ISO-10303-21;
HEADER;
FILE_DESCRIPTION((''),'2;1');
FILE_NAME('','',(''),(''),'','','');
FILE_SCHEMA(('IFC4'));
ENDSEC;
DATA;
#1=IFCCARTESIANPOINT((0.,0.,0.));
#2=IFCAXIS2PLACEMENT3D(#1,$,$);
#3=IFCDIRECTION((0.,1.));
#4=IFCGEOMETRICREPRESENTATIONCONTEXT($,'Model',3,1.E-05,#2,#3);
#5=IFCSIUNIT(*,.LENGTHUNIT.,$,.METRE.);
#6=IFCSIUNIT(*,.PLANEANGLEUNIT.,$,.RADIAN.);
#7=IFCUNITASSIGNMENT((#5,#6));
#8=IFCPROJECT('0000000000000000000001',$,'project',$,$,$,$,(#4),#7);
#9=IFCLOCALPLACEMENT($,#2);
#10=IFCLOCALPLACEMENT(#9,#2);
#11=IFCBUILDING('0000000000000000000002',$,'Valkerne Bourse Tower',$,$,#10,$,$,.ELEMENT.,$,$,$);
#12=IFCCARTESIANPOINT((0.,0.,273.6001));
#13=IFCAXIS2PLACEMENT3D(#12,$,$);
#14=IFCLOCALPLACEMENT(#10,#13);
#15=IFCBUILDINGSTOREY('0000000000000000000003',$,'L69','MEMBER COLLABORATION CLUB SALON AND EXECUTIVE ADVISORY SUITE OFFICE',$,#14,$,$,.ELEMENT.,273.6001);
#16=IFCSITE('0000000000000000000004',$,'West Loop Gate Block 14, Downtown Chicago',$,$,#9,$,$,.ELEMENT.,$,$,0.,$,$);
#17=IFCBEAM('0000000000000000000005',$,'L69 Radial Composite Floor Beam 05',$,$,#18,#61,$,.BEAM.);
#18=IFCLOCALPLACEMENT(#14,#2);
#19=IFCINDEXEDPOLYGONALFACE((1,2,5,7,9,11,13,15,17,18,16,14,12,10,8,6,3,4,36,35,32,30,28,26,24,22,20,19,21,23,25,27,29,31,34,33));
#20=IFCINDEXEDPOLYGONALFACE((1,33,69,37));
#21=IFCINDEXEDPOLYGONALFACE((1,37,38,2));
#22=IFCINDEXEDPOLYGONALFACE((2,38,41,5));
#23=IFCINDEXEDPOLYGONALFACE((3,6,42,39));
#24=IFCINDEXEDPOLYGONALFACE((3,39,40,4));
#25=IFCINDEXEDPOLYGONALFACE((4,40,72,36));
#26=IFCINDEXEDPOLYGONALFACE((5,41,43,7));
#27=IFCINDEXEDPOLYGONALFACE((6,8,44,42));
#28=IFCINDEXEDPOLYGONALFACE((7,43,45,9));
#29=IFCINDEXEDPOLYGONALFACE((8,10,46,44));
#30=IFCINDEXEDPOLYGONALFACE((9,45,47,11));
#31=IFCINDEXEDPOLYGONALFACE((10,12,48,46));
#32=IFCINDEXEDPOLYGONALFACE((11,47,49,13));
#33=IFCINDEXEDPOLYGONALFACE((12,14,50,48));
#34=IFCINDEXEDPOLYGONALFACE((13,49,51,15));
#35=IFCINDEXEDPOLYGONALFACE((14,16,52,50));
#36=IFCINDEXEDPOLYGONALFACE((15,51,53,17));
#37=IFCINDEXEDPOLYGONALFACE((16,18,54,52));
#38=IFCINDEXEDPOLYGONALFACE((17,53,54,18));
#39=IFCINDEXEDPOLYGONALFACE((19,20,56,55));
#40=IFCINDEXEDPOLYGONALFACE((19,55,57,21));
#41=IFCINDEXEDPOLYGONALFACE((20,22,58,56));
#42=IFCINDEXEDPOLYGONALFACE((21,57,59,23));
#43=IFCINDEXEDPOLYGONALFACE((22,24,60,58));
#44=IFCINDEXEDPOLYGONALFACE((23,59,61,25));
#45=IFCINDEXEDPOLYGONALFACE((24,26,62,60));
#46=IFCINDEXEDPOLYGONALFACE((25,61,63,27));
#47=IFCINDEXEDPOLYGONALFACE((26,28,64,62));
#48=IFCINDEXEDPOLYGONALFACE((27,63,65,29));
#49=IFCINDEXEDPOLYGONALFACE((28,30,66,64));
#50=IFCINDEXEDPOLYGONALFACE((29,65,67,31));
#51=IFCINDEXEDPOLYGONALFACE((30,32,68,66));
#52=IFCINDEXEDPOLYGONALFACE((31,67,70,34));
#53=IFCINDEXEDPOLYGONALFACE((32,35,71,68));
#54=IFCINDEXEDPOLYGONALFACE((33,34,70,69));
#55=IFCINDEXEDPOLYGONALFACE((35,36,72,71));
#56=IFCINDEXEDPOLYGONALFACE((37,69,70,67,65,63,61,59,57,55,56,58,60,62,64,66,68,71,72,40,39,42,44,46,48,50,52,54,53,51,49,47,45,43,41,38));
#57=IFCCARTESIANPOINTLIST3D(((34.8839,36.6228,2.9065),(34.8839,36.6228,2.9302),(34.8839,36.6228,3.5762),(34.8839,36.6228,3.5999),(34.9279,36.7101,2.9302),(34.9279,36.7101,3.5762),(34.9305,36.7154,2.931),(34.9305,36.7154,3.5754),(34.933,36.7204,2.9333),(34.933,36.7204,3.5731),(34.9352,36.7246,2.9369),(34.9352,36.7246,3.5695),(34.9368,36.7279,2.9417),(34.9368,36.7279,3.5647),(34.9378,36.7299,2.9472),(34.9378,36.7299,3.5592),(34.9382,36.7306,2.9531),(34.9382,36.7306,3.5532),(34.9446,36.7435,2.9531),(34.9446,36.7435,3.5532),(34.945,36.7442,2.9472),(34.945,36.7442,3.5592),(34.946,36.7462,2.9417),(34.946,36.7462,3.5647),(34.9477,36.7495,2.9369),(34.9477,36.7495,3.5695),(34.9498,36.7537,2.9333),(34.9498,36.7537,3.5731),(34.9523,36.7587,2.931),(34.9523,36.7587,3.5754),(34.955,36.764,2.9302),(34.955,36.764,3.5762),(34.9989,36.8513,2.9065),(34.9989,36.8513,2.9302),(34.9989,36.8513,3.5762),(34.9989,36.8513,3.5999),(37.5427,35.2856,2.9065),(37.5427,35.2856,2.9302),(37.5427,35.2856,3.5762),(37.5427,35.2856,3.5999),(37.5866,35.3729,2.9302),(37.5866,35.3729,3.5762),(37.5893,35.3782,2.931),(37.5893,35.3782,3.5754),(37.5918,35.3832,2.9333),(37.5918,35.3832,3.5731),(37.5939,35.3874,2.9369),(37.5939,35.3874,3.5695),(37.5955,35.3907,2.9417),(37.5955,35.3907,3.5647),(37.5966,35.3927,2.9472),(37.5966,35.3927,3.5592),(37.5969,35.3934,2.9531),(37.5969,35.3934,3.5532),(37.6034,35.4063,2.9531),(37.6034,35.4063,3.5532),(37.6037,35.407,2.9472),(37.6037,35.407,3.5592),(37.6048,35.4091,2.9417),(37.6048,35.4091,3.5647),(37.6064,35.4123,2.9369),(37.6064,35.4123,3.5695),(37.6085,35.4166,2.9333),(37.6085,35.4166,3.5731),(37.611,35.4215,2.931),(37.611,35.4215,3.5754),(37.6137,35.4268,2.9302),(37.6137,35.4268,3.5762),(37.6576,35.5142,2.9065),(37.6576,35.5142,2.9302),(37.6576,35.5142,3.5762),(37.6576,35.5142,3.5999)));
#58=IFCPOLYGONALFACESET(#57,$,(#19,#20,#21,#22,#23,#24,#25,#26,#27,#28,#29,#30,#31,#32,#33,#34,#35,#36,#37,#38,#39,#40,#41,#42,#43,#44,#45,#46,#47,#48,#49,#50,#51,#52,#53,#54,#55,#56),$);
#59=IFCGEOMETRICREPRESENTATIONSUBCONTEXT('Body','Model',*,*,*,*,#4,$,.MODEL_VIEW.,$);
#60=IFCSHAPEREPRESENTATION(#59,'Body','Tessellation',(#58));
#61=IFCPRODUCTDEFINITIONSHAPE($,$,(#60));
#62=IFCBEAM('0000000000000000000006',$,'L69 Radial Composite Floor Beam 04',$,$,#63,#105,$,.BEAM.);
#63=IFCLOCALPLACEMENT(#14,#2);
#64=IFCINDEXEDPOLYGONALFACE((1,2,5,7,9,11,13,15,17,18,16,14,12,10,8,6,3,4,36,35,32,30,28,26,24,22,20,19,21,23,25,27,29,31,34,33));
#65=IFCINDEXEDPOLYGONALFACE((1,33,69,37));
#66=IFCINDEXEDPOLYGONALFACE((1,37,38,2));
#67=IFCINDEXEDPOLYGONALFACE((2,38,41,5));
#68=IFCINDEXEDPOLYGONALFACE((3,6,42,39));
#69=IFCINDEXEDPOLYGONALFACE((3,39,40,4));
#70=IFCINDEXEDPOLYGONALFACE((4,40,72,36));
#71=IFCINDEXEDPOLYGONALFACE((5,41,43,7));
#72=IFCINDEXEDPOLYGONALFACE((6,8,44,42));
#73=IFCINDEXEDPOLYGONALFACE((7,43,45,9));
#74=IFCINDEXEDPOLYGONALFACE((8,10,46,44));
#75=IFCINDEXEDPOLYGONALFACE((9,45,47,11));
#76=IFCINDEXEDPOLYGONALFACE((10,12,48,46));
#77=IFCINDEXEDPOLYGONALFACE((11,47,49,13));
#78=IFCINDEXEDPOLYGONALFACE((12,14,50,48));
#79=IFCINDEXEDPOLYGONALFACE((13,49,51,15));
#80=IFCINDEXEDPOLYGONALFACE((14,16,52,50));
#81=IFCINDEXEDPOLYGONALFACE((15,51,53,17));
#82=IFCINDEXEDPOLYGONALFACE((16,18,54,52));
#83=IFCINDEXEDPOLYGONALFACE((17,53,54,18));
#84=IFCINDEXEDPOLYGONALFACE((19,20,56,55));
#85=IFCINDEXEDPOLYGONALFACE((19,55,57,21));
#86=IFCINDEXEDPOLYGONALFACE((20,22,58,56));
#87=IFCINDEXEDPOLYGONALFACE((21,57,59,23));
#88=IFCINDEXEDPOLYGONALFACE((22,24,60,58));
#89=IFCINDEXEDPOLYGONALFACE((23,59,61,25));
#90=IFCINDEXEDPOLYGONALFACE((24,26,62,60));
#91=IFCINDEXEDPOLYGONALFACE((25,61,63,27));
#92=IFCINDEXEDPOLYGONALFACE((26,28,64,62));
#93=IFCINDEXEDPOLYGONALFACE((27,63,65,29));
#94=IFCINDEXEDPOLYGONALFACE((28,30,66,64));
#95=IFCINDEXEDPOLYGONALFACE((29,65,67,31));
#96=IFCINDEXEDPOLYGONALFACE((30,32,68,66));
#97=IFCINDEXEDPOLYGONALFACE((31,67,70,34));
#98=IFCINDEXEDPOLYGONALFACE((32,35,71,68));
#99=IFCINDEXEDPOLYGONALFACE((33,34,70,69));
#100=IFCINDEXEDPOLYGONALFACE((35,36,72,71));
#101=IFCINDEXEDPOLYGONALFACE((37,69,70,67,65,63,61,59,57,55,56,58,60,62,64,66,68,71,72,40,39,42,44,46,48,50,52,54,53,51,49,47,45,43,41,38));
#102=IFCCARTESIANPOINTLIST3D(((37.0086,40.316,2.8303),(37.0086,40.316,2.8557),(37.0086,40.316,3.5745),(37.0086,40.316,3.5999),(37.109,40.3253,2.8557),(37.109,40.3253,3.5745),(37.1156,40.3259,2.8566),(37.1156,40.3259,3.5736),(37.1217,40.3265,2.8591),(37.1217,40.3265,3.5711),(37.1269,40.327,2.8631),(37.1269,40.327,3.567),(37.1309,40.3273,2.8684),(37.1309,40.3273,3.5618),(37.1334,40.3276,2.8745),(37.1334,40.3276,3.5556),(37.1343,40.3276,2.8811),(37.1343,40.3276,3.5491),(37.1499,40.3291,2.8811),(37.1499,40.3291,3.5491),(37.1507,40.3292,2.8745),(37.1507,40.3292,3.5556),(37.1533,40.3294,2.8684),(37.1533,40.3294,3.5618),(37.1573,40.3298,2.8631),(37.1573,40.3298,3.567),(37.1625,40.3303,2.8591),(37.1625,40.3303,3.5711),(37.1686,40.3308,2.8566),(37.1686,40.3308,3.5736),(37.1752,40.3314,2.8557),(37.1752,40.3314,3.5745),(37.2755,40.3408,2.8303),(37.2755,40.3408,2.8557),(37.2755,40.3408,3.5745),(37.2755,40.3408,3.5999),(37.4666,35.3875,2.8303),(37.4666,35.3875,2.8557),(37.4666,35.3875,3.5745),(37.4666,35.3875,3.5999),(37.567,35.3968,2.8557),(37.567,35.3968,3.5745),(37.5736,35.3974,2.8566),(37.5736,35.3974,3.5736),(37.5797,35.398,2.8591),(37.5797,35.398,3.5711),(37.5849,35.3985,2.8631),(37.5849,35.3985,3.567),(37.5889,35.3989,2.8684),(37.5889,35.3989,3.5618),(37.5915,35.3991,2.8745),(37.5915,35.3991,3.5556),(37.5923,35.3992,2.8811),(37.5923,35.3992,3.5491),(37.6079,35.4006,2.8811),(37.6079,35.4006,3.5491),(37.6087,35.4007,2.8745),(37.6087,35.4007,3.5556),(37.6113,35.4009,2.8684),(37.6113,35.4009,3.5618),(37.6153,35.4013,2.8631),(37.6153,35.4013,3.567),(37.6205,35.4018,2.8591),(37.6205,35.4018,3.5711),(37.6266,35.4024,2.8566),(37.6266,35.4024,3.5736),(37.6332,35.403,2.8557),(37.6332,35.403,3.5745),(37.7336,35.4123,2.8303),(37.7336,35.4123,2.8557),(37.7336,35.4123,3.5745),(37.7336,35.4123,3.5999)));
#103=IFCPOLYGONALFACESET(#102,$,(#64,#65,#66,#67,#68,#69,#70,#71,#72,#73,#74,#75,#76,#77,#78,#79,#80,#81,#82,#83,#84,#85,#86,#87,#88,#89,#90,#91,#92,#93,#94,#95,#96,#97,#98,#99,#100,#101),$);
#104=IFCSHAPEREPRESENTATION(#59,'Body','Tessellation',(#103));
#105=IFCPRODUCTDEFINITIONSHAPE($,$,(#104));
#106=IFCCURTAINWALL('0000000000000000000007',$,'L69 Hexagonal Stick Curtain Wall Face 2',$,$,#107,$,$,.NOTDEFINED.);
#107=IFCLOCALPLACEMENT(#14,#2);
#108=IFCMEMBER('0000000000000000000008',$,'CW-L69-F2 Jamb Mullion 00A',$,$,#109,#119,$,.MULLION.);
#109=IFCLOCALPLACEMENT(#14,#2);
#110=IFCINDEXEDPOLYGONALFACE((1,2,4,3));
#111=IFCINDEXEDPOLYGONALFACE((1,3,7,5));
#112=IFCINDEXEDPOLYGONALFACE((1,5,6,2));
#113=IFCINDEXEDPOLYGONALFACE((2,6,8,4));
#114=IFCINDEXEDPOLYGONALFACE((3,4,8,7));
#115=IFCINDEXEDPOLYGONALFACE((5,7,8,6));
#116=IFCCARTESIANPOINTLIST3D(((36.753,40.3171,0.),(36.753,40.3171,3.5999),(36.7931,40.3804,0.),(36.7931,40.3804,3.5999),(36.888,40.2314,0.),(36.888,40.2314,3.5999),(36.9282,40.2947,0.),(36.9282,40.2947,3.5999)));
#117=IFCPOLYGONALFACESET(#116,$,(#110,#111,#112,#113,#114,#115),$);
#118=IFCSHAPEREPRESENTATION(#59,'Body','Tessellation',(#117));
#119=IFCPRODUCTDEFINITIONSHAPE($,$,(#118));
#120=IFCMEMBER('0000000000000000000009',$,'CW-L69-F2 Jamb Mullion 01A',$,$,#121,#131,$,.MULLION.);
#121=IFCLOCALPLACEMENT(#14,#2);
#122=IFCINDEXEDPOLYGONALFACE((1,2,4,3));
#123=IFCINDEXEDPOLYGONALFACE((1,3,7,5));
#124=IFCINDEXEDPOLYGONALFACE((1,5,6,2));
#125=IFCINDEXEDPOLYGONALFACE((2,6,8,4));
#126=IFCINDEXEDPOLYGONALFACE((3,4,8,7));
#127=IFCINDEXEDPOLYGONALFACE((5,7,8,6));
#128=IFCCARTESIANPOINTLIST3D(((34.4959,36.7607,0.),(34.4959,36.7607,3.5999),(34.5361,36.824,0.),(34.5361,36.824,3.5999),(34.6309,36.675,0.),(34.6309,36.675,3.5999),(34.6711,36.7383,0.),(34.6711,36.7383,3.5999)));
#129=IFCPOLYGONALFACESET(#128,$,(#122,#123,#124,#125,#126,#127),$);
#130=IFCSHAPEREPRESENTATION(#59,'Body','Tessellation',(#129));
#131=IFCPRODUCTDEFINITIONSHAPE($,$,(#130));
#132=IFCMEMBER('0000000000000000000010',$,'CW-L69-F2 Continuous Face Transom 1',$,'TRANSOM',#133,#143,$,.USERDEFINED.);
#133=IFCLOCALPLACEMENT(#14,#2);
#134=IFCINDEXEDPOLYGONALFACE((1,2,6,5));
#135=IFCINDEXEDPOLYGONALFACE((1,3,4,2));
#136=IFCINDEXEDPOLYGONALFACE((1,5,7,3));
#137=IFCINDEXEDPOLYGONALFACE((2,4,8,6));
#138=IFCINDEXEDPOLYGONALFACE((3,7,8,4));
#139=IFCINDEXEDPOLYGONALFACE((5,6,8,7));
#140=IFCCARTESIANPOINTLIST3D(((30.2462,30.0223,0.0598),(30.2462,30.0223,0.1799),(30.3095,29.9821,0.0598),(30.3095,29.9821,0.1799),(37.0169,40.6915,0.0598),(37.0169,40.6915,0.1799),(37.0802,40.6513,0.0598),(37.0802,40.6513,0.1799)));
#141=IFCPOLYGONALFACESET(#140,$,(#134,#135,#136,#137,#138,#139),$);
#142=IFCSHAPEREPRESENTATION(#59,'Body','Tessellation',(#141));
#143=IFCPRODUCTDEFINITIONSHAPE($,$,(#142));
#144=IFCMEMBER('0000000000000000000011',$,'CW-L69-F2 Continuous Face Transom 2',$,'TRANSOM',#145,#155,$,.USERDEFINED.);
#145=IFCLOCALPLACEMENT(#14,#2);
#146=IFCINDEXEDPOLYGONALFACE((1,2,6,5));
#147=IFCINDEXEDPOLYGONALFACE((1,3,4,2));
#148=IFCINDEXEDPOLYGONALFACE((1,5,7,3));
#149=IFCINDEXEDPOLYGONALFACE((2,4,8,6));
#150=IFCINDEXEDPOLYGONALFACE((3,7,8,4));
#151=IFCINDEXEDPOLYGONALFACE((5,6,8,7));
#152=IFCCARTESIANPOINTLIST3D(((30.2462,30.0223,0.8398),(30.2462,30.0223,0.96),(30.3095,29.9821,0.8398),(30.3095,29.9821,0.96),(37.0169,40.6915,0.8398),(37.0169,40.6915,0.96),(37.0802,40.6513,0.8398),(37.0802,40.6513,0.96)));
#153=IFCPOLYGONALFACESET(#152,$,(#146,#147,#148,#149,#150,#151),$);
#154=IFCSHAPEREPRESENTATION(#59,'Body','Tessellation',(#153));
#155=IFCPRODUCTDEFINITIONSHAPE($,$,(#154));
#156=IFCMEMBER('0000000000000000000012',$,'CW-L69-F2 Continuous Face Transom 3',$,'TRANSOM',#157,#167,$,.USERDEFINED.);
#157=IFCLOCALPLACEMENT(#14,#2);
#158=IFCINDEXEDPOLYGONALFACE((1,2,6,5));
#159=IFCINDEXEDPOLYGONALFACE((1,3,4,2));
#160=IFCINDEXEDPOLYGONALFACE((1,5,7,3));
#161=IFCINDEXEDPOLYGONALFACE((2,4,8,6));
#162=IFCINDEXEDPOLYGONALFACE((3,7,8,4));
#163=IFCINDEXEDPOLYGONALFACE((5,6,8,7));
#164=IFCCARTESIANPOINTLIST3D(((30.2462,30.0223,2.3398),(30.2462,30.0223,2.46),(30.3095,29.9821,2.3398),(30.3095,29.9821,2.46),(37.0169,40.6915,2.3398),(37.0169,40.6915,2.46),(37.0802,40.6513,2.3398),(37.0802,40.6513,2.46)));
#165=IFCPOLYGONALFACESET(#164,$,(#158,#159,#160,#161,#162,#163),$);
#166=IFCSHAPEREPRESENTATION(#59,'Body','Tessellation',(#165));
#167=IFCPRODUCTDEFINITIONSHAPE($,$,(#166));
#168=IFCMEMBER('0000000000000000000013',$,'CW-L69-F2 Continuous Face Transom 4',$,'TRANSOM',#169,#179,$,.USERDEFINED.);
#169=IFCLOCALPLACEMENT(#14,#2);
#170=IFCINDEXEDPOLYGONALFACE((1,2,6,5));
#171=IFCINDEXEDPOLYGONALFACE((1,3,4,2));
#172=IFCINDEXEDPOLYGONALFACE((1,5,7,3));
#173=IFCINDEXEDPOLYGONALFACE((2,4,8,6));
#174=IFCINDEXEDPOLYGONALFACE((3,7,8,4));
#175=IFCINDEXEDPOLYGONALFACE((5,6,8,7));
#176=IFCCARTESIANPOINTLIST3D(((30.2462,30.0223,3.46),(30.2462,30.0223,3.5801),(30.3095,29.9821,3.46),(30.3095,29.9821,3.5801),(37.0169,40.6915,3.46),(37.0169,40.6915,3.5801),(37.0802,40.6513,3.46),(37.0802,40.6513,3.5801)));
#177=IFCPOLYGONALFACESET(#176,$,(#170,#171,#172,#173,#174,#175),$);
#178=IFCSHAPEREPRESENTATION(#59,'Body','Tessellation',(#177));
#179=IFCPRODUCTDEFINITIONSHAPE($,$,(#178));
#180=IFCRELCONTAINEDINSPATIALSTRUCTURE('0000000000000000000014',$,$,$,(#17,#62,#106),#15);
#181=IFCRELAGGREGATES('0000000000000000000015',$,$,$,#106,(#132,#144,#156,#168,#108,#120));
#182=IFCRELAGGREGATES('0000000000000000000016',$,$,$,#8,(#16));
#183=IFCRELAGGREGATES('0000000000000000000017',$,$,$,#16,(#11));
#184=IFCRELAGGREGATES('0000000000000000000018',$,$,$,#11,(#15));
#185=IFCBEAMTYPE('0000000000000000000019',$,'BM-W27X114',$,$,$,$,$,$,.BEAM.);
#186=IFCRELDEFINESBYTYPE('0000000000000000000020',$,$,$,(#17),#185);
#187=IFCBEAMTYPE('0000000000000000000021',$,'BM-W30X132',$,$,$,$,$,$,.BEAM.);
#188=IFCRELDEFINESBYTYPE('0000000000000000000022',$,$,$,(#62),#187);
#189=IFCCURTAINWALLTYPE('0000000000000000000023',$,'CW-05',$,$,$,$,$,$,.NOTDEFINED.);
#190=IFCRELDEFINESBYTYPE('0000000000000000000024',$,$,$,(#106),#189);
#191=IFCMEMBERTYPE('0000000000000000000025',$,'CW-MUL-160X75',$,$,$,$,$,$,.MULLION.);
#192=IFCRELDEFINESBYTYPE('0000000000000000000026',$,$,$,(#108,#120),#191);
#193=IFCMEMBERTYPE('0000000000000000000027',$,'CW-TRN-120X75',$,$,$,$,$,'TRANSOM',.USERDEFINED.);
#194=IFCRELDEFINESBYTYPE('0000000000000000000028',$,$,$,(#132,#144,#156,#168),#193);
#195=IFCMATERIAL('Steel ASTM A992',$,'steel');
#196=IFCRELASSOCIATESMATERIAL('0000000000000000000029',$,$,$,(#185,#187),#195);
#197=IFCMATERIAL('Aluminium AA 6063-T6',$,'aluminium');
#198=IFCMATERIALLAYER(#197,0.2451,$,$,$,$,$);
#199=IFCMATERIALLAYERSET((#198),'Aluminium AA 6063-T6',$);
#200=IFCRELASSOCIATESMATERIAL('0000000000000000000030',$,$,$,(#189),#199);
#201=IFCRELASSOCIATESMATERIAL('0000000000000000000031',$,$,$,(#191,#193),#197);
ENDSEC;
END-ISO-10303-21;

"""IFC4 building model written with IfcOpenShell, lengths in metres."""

from ifc_helpers import new_model, si_unit, direction, frame, origin, origin_2d, place, context, subcontext, project, spatial, rectangle, i_section, extrude, material, layer, layer_set, material_profile, profile_set, type_object, element, aggregate, save


model = new_model("IFC4")

# Units and contexts
model_context = context("Model", 3, precision=1e-05, world=origin(), true_north=direction((0.0, 1.0)))
body_context = subcontext(model_context, "Body", "Model", "MODEL_VIEW")
ifc_project = project(units=[si_unit("LENGTHUNIT", "METRE"), si_unit("PLANEANGLEUNIT", "RADIAN")], contexts=[model_context])

# Site, building, storey
site_placement = place(None, origin())
site = spatial("IfcSite", under=ifc_project, at=site_placement, Name="West Loop Gate Block 14, Downtown Chicago", CompositionType="ELEMENT", RefElevation=0.0)
building_placement = place(site_placement, origin())
building = spatial("IfcBuilding", under=site, at=building_placement, Name="Valkerne Bourse Tower", CompositionType="ELEMENT")
storey_placement = place(building_placement, frame((0.0, 0.0, 273.6001)))
storey = spatial("IfcBuildingStorey", under=building, at=storey_placement, Name="L69", Description="MEMBER COLLABORATION CLUB SALON AND EXECUTIVE ADVISORY SUITE OFFICE", CompositionType="ELEMENT", Elevation=273.6001)

# Beams
ifc_material_1 = material(Name="Steel ASTM A992", Category="steel")
ifc_material_profile_1 = material_profile(ifc_material_1, i_section(OverallWidth=0.2559, OverallDepth=0.6934, WebThickness=0.0144, FlangeThickness=0.0237, FilletRadius=0.0229, at=origin_2d()), Name="W27X114")
ifc_profile_set_1 = profile_set([ifc_material_profile_1], Name="Steel ASTM A992")
beam_type_1 = type_object("IfcBeamType", Name="BM-W27X114", PredefinedType="BEAM", material=ifc_profile_set_1)
beam_1_placement = place(storey_placement, frame((34.9414, 36.7371, 3.2532), z_axis=(0.893375, -0.449312, 0.0), x_axis=(0.449312, 0.893375, 0.0)))
element("IfcBeam", 1, at=beam_1_placement, inside=storey, type_object=beam_type_1, Name="L69 Radial Composite Floor Beam 05", PredefinedType="BEAM", context=body_context, shape_type="SweptSolid", body=[
    extrude(i_section(OverallWidth=0.2559, OverallDepth=0.6934, WebThickness=0.0144, FlangeThickness=0.0237, FilletRadius=0.0229, at=origin_2d()), origin(), (0.0, 0.0, 1.0), 2.9761),
])
ifc_material_profile_2 = material_profile(ifc_material_1, i_section(OverallWidth=0.2681, OverallDepth=0.7695, WebThickness=0.0156, FlangeThickness=0.0254, FilletRadius=0.0254, at=origin_2d()), Name="W30X132")
ifc_profile_set_2 = profile_set([ifc_material_profile_2], Name="Steel ASTM A992")
beam_type_2 = type_object("IfcBeamType", Name="BM-W30X132", PredefinedType="BEAM", material=ifc_profile_set_2)
beam_2_placement = place(storey_placement, frame((37.1421, 40.3284, 3.2151), z_axis=(0.092532, -0.99571, 0.0), x_axis=(0.99571, 0.092532, 0.0)))
element("IfcBeam", 2, at=beam_2_placement, inside=storey, type_object=beam_type_2, Name="L69 Radial Composite Floor Beam 04", PredefinedType="BEAM", context=body_context, shape_type="SweptSolid", body=[
    extrude(i_section(OverallWidth=0.2681, OverallDepth=0.7695, WebThickness=0.0156, FlangeThickness=0.0254, FilletRadius=0.0254, at=origin_2d()), origin(), (0.0, 0.0, 1.0), 4.9497),
])

# Curtain wall, members
ifc_material_2 = material(Name="Aluminium AA 6063-T6", Category="aluminium")
ifc_layer_1 = layer(ifc_material_2, 0.2451)
ifc_layer_set_1 = layer_set([ifc_layer_1], Name="Aluminium AA 6063-T6")
curtain_wall_type = type_object("IfcCurtainWallType", Name="CW-05", PredefinedType="NOTDEFINED", material=ifc_layer_set_1)
curtain_wall_placement = place(storey_placement, origin())
curtain_wall = element("IfcCurtainWall", 3, at=curtain_wall_placement, inside=storey, type_object=curtain_wall_type, Name="L69 Hexagonal Stick Curtain Wall Face 2", PredefinedType="NOTDEFINED")
ifc_material_profile_3 = material_profile(ifc_material_2, rectangle(XDim=0.075, YDim=0.1599, at=origin_2d()), Name="CWM-75X160")
ifc_profile_set_3 = profile_set([ifc_material_profile_3], Name="Aluminium AA 6063-T6")
member_type_1 = type_object("IfcMemberType", Name="CW-MUL-160X75", PredefinedType="MULLION", material=ifc_profile_set_3)
member_1_placement = place(storey_placement, frame((36.8406, 40.3059, 0.0), z_axis=(0.0, 0.0, 1.0), x_axis=(-0.535817, -0.844334, 0.0)))
member_1 = element("IfcMember", 4, at=member_1_placement, type_object=member_type_1, Name="CW-L69-F2 Jamb Mullion 00A", PredefinedType="MULLION", context=body_context, shape_type="SweptSolid", body=[
    extrude(rectangle(XDim=0.075, YDim=0.1599, at=origin_2d()), origin(), (0.0, 0.0, 1.0), 3.5999),
])
member_2_placement = place(storey_placement, frame((34.5835, 36.7495, 0.0), z_axis=(0.0, 0.0, 1.0), x_axis=(-0.535827, -0.844328, 0.0)))
member_2 = element("IfcMember", 5, at=member_2_placement, type_object=member_type_1, Name="CW-L69-F2 Jamb Mullion 01A", PredefinedType="MULLION", context=body_context, shape_type="SweptSolid", body=[
    extrude(rectangle(XDim=0.075, YDim=0.1599, at=origin_2d()), origin(), (0.0, 0.0, 1.0), 3.5999),
])
ifc_material_profile_4 = material_profile(ifc_material_2, rectangle(XDim=0.075, YDim=0.1201, at=origin_2d()), Name="CWT-75X120")
ifc_profile_set_4 = profile_set([ifc_material_profile_4], Name="Aluminium AA 6063-T6")
member_type_2 = type_object("IfcMemberType", Name="CW-TRN-120X75", ElementType="TRANSOM", PredefinedType="USERDEFINED", material=ifc_profile_set_4)
member_3_placement = place(storey_placement, frame((37.0486, 40.6714, 0.1199), z_axis=(-0.53582, -0.844332, 0.0), x_axis=(0.844332, -0.53582, 0.0)))
member_3 = element("IfcMember", 6, at=member_3_placement, type_object=member_type_2, Name="CW-L69-F2 Continuous Face Transom 1", ObjectType="TRANSOM", PredefinedType="USERDEFINED", context=body_context, shape_type="SweptSolid", body=[
    extrude(rectangle(XDim=0.075, YDim=0.1201, at=origin_2d()), origin(), (0.0, 0.0, 1.0), 12.6362),
])
member_4_placement = place(storey_placement, frame((37.0486, 40.6714, 0.8999), z_axis=(-0.53582, -0.844332, 0.0), x_axis=(0.844332, -0.53582, 0.0)))
member_4 = element("IfcMember", 7, at=member_4_placement, type_object=member_type_2, Name="CW-L69-F2 Continuous Face Transom 2", ObjectType="TRANSOM", PredefinedType="USERDEFINED", context=body_context, shape_type="SweptSolid", body=[
    extrude(rectangle(XDim=0.075, YDim=0.1201, at=origin_2d()), origin(), (0.0, 0.0, 1.0), 12.6362),
])
member_5_placement = place(storey_placement, frame((37.0486, 40.6714, 2.3999), z_axis=(-0.53582, -0.844332, 0.0), x_axis=(0.844332, -0.53582, 0.0)))
member_5 = element("IfcMember", 8, at=member_5_placement, type_object=member_type_2, Name="CW-L69-F2 Continuous Face Transom 3", ObjectType="TRANSOM", PredefinedType="USERDEFINED", context=body_context, shape_type="SweptSolid", body=[
    extrude(rectangle(XDim=0.075, YDim=0.1201, at=origin_2d()), origin(), (0.0, 0.0, 1.0), 12.6362),
])
member_6_placement = place(storey_placement, frame((37.0486, 40.6714, 3.52), z_axis=(-0.53582, -0.844332, 0.0), x_axis=(0.844332, -0.53582, 0.0)))
member_6 = element("IfcMember", 9, at=member_6_placement, type_object=member_type_2, Name="CW-L69-F2 Continuous Face Transom 4", ObjectType="TRANSOM", PredefinedType="USERDEFINED", context=body_context, shape_type="SweptSolid", body=[
    extrude(rectangle(XDim=0.075, YDim=0.1201, at=origin_2d()), origin(), (0.0, 0.0, 1.0), 12.6362),
])

aggregate(curtain_wall, [member_3, member_4, member_5, member_6, member_1, member_2])

save(model, "model.ifc")
